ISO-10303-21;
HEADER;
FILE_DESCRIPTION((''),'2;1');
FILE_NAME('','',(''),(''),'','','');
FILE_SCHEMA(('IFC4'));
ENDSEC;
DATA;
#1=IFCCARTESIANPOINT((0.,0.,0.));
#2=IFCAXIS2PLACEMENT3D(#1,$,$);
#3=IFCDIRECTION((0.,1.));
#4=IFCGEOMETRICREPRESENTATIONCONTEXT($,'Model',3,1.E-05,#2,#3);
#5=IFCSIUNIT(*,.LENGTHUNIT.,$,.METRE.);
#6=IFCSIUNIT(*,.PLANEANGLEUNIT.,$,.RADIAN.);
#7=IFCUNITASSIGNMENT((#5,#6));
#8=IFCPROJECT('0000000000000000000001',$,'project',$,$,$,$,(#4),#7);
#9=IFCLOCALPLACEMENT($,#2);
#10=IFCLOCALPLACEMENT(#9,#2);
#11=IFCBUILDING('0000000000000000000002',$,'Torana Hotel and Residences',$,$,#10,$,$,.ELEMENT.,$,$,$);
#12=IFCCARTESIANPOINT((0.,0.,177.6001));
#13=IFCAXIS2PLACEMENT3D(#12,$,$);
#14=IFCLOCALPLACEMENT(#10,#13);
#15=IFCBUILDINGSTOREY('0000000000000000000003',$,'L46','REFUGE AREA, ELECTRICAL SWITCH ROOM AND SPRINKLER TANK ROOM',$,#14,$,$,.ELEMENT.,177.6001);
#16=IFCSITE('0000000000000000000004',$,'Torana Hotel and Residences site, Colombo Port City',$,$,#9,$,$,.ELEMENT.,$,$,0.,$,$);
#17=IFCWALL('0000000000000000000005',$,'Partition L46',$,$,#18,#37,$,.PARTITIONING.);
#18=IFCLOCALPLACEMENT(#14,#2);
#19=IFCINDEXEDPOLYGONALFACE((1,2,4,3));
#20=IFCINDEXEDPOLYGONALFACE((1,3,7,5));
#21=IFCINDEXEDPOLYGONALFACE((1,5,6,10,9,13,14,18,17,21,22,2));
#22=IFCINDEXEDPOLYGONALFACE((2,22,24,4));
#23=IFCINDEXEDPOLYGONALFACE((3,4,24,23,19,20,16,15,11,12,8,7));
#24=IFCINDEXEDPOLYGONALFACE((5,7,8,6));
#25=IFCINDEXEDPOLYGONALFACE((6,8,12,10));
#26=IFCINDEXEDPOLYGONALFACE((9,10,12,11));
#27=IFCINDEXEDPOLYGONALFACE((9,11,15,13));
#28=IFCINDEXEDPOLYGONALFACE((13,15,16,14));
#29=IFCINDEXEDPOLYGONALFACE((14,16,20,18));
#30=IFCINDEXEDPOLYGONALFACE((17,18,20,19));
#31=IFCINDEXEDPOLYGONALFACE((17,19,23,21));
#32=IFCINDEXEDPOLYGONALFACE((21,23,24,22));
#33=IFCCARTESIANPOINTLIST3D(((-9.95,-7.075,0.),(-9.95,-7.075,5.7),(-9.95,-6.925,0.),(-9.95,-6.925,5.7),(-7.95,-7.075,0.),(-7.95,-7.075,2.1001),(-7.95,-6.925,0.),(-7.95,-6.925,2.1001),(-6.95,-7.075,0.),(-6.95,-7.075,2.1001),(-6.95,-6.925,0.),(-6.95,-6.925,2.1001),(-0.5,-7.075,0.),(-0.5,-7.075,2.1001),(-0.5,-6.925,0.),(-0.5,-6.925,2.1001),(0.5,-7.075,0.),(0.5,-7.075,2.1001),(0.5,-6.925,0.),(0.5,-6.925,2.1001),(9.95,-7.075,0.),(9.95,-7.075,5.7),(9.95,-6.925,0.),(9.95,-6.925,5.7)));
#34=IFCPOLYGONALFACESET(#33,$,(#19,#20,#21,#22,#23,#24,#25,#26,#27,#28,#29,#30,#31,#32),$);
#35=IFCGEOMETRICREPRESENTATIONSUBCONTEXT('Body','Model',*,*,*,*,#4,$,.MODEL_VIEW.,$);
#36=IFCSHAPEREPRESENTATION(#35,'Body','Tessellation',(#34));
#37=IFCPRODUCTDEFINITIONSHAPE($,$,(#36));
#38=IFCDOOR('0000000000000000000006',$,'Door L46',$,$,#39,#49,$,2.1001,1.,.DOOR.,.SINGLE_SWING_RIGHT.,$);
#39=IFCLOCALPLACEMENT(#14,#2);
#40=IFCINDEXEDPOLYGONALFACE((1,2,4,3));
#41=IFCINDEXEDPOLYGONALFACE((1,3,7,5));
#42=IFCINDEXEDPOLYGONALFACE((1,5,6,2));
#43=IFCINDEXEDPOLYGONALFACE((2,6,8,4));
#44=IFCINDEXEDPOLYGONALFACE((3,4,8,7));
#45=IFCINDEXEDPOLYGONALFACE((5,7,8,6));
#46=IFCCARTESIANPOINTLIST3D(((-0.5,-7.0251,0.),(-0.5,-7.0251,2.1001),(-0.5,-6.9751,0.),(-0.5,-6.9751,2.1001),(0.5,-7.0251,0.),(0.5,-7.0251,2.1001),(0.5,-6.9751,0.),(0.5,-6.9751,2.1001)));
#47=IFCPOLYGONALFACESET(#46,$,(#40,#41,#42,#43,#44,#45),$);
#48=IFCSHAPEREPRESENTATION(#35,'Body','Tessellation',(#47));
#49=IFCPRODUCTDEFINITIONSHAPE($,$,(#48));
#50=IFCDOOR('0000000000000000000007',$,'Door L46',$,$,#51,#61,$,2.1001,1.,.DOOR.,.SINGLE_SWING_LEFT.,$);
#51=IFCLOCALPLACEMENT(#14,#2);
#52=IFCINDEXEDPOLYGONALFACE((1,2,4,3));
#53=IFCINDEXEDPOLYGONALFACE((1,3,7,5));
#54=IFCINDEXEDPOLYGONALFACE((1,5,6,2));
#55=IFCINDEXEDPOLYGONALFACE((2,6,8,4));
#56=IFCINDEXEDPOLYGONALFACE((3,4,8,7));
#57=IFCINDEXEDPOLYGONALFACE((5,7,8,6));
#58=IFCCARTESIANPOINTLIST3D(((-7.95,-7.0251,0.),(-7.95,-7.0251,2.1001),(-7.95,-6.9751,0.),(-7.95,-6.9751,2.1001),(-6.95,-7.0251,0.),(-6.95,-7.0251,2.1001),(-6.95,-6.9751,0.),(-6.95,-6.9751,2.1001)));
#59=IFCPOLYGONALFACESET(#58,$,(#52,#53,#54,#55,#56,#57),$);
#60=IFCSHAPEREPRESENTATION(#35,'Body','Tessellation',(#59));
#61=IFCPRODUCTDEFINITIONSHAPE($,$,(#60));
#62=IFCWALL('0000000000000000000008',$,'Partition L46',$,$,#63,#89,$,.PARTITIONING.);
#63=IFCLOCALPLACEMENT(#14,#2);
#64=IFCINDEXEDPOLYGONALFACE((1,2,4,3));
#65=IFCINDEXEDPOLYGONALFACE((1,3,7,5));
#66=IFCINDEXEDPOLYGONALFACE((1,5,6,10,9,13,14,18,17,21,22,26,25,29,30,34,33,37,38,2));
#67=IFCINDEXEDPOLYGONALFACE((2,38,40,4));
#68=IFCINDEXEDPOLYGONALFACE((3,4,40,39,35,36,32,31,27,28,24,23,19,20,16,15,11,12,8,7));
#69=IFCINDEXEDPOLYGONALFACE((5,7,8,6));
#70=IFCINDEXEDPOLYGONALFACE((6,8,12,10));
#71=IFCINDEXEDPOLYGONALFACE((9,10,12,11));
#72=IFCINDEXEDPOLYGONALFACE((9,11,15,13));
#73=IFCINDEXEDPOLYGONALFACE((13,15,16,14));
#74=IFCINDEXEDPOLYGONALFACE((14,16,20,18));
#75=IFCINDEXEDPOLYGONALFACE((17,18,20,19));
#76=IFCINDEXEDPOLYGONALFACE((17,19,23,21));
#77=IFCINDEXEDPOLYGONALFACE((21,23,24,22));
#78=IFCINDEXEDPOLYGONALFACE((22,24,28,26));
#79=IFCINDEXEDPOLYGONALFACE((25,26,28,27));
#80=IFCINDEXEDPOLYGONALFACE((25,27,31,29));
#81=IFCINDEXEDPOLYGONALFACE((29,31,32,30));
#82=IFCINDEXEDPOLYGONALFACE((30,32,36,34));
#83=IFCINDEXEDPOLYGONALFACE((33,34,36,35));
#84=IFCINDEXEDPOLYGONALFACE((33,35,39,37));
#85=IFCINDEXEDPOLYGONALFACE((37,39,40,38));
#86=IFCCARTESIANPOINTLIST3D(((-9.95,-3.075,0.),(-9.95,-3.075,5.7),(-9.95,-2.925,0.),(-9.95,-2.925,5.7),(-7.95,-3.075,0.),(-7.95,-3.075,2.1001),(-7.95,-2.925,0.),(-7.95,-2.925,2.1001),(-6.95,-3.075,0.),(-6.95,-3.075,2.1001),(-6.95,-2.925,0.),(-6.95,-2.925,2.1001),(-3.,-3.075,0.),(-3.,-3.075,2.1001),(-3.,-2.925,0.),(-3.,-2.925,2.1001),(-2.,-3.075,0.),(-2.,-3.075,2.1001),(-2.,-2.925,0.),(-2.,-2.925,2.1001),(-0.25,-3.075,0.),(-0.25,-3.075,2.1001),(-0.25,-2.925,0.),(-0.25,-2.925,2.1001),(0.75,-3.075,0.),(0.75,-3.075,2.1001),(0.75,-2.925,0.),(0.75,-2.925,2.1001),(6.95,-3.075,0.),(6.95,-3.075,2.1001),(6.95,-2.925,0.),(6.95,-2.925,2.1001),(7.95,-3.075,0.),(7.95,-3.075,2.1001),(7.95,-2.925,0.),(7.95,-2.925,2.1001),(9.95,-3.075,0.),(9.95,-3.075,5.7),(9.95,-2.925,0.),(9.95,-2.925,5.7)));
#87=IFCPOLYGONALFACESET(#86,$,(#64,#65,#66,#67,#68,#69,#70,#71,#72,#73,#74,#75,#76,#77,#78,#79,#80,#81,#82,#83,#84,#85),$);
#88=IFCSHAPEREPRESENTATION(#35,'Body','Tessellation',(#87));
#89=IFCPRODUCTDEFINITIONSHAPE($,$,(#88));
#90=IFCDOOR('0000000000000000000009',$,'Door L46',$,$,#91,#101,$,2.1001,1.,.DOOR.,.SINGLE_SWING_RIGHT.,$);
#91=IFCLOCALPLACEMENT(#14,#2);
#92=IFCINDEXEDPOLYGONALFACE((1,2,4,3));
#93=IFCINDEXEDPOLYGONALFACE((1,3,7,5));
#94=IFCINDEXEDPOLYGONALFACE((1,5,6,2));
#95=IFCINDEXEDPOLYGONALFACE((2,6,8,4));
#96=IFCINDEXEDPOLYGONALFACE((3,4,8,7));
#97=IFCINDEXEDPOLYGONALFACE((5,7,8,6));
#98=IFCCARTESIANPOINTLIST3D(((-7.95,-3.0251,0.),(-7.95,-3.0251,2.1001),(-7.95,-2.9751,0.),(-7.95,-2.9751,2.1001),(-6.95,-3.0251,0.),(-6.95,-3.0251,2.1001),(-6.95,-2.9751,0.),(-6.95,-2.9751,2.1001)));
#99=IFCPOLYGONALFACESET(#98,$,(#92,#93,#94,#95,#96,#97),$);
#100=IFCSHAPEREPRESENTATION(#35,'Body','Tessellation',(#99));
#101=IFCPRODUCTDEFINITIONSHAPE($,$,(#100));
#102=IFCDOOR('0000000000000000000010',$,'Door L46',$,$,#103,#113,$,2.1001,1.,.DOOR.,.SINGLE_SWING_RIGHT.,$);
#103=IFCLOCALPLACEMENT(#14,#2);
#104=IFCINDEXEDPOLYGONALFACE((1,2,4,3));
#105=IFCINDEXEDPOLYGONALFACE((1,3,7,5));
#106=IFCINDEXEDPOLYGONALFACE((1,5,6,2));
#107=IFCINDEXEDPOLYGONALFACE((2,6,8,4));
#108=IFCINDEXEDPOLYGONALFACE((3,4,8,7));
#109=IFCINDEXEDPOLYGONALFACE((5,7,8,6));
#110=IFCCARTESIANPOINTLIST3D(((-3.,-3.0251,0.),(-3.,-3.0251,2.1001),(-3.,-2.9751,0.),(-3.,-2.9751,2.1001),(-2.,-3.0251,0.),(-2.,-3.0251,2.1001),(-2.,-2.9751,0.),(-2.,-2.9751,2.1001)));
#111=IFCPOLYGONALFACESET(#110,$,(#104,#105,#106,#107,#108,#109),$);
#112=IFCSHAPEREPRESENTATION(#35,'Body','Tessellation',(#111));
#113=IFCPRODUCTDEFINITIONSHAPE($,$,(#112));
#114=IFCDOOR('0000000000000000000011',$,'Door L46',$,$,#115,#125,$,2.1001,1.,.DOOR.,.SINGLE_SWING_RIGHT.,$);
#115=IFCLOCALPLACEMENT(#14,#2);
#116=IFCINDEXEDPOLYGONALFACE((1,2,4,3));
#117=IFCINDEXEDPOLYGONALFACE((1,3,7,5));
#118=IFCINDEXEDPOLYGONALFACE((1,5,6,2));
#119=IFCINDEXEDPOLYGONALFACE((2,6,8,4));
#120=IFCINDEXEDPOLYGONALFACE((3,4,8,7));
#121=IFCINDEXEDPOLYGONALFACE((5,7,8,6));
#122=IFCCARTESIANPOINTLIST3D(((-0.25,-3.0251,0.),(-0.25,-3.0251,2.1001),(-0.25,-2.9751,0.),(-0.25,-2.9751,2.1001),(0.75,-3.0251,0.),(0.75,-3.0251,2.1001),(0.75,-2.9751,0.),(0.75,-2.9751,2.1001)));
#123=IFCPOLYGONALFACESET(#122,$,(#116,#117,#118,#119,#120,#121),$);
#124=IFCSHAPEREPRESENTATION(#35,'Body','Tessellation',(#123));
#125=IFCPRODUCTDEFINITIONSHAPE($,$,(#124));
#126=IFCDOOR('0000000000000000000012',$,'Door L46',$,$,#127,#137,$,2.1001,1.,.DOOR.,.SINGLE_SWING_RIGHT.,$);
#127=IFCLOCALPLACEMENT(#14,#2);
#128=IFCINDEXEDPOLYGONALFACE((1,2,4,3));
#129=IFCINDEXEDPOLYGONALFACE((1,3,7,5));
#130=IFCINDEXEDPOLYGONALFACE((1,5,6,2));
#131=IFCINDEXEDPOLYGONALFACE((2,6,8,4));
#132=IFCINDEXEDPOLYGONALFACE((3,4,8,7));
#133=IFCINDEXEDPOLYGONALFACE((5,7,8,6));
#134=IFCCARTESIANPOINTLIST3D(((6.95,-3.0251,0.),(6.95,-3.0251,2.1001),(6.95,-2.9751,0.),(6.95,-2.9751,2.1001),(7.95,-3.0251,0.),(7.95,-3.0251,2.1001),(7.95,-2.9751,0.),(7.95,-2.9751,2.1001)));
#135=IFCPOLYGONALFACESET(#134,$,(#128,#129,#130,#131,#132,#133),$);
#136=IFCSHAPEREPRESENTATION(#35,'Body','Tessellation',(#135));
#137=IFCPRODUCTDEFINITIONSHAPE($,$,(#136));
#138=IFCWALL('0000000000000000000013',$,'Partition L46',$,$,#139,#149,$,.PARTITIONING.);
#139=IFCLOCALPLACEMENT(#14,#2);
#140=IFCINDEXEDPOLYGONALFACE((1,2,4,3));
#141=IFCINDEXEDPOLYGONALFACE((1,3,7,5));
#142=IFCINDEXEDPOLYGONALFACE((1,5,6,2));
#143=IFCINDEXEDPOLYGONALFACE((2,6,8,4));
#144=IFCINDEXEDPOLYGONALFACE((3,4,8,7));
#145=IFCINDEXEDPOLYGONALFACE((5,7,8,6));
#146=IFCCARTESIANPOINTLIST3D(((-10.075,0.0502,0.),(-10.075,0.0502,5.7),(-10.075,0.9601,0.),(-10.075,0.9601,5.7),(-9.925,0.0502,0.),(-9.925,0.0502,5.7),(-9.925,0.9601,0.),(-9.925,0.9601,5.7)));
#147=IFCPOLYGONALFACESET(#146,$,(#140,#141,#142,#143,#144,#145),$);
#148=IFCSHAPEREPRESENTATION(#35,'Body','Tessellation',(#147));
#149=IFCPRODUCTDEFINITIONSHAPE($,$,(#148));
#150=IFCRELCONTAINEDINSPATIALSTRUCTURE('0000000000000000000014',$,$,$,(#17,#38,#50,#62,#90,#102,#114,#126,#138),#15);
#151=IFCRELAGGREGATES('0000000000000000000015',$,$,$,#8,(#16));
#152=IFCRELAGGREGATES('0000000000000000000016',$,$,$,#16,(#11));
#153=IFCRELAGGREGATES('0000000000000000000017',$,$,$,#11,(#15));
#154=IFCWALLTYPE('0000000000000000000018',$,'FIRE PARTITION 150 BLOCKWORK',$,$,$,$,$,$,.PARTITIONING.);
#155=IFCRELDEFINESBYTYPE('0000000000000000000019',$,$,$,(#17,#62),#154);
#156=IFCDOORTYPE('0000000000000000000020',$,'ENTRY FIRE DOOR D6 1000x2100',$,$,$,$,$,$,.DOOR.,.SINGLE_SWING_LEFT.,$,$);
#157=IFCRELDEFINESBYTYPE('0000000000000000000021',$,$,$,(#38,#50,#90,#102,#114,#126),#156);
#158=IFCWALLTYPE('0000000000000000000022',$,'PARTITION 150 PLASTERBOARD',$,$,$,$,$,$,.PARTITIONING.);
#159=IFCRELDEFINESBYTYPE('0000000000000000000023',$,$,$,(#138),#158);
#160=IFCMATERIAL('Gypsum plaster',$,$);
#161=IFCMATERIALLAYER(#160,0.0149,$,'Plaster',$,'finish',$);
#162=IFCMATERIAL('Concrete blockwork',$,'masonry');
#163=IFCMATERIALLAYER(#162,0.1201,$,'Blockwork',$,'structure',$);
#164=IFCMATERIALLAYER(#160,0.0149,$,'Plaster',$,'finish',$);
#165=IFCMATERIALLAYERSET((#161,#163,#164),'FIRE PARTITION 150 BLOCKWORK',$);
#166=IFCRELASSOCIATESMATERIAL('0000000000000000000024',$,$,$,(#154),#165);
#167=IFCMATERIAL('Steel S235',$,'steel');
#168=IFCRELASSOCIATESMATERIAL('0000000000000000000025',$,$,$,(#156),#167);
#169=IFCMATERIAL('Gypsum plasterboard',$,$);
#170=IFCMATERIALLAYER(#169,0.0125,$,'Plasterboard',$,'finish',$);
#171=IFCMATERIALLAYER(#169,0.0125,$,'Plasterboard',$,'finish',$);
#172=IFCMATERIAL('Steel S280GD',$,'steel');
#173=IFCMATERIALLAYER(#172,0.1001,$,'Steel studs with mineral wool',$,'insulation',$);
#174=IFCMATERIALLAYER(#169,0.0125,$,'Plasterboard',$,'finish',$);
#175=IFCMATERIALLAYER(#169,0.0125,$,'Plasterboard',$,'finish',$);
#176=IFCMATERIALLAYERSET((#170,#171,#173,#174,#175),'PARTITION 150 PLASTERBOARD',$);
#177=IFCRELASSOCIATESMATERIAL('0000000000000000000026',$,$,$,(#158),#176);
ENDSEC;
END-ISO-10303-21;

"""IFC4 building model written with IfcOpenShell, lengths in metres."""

from ifc_helpers import new_model, si_unit, direction, frame, frame_2d, origin, place, context, subcontext, project, spatial, rectangle, extrude, material, layer, layer_set, type_object, element, fill, save


model = new_model("IFC4")

# Units and contexts
model_context = context("Model", 3, precision=1e-05, world=origin(), true_north=direction((0.0, 1.0)))
body_context = subcontext(model_context, "Body", "Model", "MODEL_VIEW")
ifc_project = project(units=[si_unit("LENGTHUNIT", "METRE"), si_unit("PLANEANGLEUNIT", "RADIAN")], contexts=[model_context])

# Site, building, storey
site_placement = place(None, origin())
site = spatial("IfcSite", under=ifc_project, at=site_placement, Name="Torana Hotel and Residences site, Colombo Port City", CompositionType="ELEMENT", RefElevation=0.0)
building_placement = place(site_placement, origin())
building = spatial("IfcBuilding", under=site, at=building_placement, Name="Torana Hotel and Residences", CompositionType="ELEMENT")
storey_placement = place(building_placement, frame((0.0, 0.0, 177.6001)))
storey = spatial("IfcBuildingStorey", under=building, at=storey_placement, Name="L46", Description="REFUGE AREA, ELECTRICAL SWITCH ROOM AND SPRINKLER TANK ROOM", CompositionType="ELEMENT", Elevation=177.6001)

# Walls, openings, doors
ifc_material_1 = material(Name="Gypsum plaster")
ifc_layer_1 = layer(ifc_material_1, 0.0149, Name="Plaster", Category="finish")
ifc_material_2 = material(Name="Concrete blockwork", Category="masonry")
ifc_layer_2 = layer(ifc_material_2, 0.1201, Name="Blockwork", Category="structure")
ifc_layer_3 = layer(ifc_material_1, 0.0149, Name="Plaster", Category="finish")
ifc_layer_set_1 = layer_set([ifc_layer_1, ifc_layer_2, ifc_layer_3], Name="FIRE PARTITION 150 BLOCKWORK")
wall_type_1 = type_object("IfcWallType", Name="FIRE PARTITION 150 BLOCKWORK", PredefinedType="PARTITIONING", material=ifc_layer_set_1)
wall_1_placement = place(storey_placement, frame((-9.95, -7.0, 0.0), z_axis=(0.0, 0.0, 1.0), x_axis=(1.0, 0.0, 0.0)))
wall_1 = element("IfcWall", 1, at=wall_1_placement, inside=storey, type_object=wall_type_1, Name="Partition L46", PredefinedType="PARTITIONING", context=body_context, shape_type="SweptSolid", body=[
    extrude(rectangle(XDim=19.8999, YDim=0.1499, at=frame_2d((9.95, 0.0))), origin(), (0.0, 0.0, 1.0), 5.7),
])
opening_1_placement = place(wall_1_placement, frame((9.45, 0.0, 0.0)))
opening_1 = element("IfcOpeningElement", 2, at=opening_1_placement, cuts=wall_1, PredefinedType="OPENING", context=body_context, shape_type="SweptSolid", body=[
    extrude(rectangle(XDim=1.0, YDim=2.1001, at=frame_2d((0.5, 1.05))), frame((0.0, 0.085, 0.0), z_axis=(0.0, -1.0, 0.0), x_axis=(1.0, 0.0, 0.0)), (0.0, 0.0, 1.0), 0.1699),
])
opening_2_placement = place(wall_1_placement, frame((2.0, 0.0, 0.0)))
opening_2 = element("IfcOpeningElement", 3, at=opening_2_placement, cuts=wall_1, PredefinedType="OPENING", context=body_context, shape_type="SweptSolid", body=[
    extrude(rectangle(XDim=1.0, YDim=2.1001, at=frame_2d((0.5, 1.05))), frame((0.0, 0.085, 0.0), z_axis=(0.0, -1.0, 0.0), x_axis=(1.0, 0.0, 0.0)), (0.0, 0.0, 1.0), 0.1699),
])
ifc_material_3 = material(Name="Steel S235", Category="steel")
door_type = type_object("IfcDoorType", Name="ENTRY FIRE DOOR D6 1000x2100", OperationType="SINGLE_SWING_LEFT", PredefinedType="DOOR", material=ifc_material_3)
door_1_placement = place(opening_1_placement, origin())
door_1 = element("IfcDoor", 4, at=door_1_placement, inside=storey, type_object=door_type, Name="Door L46", OperationType="SINGLE_SWING_RIGHT", OverallHeight=2.1001, OverallWidth=1.0, PredefinedType="DOOR", context=body_context, shape_type="SweptSolid", body=[
    extrude(rectangle(XDim=1.0, YDim=2.1001, at=frame_2d((0.5, 1.05))), frame((0.0, 0.0249, 0.0), z_axis=(0.0, -1.0, 0.0), x_axis=(1.0, 0.0, 0.0)), (0.0, 0.0, 1.0), 0.05),
])
fill(opening_1, door_1)
door_2_placement = place(opening_2_placement, frame((0.5, 0.0, 0.0), z_axis=(0.0, 0.0, 1.0), x_axis=(-1.0, 0.0, 0.0)))
door_2 = element("IfcDoor", 5, at=door_2_placement, inside=storey, type_object=door_type, Name="Door L46", OperationType="SINGLE_SWING_LEFT", OverallHeight=2.1001, OverallWidth=1.0, PredefinedType="DOOR", context=body_context, shape_type="SweptSolid", body=[
    extrude(rectangle(XDim=1.0, YDim=2.1001, at=frame_2d((0.0, 1.05))), frame((0.0, -0.0249, 0.0), z_axis=(0.0, 1.0, 0.0), x_axis=(-1.0, 0.0, 0.0)), (0.0, 0.0, 1.0), 0.05),
])
fill(opening_2, door_2)
wall_2_placement = place(storey_placement, frame((-9.95, -3.0, 0.0), z_axis=(0.0, 0.0, 1.0), x_axis=(1.0, 0.0, 0.0)))
wall_2 = element("IfcWall", 6, at=wall_2_placement, inside=storey, type_object=wall_type_1, Name="Partition L46", PredefinedType="PARTITIONING", context=body_context, shape_type="SweptSolid", body=[
    extrude(rectangle(XDim=19.8999, YDim=0.1499, at=frame_2d((9.95, 0.0))), origin(), (0.0, 0.0, 1.0), 5.7),
])
opening_3_placement = place(wall_2_placement, frame((2.0, 0.0, 0.0)))
opening_3 = element("IfcOpeningElement", 7, at=opening_3_placement, cuts=wall_2, PredefinedType="OPENING", context=body_context, shape_type="SweptSolid", body=[
    extrude(rectangle(XDim=1.0, YDim=2.1001, at=frame_2d((0.5, 1.05))), frame((0.0, 0.085, 0.0), z_axis=(0.0, -1.0, 0.0), x_axis=(1.0, 0.0, 0.0)), (0.0, 0.0, 1.0), 0.1699),
])
opening_4_placement = place(wall_2_placement, frame((6.95, 0.0, 0.0)))
opening_4 = element("IfcOpeningElement", 8, at=opening_4_placement, cuts=wall_2, PredefinedType="OPENING", context=body_context, shape_type="SweptSolid", body=[
    extrude(rectangle(XDim=1.0, YDim=2.1001, at=frame_2d((0.5, 1.05))), frame((0.0, 0.085, 0.0), z_axis=(0.0, -1.0, 0.0), x_axis=(1.0, 0.0, 0.0)), (0.0, 0.0, 1.0), 0.1699),
])
opening_5_placement = place(wall_2_placement, frame((9.7, 0.0, 0.0)))
opening_5 = element("IfcOpeningElement", 9, at=opening_5_placement, cuts=wall_2, PredefinedType="OPENING", context=body_context, shape_type="SweptSolid", body=[
    extrude(rectangle(XDim=1.0, YDim=2.1001, at=frame_2d((0.5, 1.05))), frame((0.0, 0.085, 0.0), z_axis=(0.0, -1.0, 0.0), x_axis=(1.0, 0.0, 0.0)), (0.0, 0.0, 1.0), 0.1699),
])
opening_6_placement = place(wall_2_placement, frame((16.8999, 0.0, 0.0)))
opening_6 = element("IfcOpeningElement", 10, at=opening_6_placement, cuts=wall_2, PredefinedType="OPENING", context=body_context, shape_type="SweptSolid", body=[
    extrude(rectangle(XDim=1.0, YDim=2.1001, at=frame_2d((0.5, 1.05))), frame((0.0, 0.085, 0.0), z_axis=(0.0, -1.0, 0.0), x_axis=(1.0, 0.0, 0.0)), (0.0, 0.0, 1.0), 0.1699),
])
door_3_placement = place(opening_3_placement, origin())
door_3 = element("IfcDoor", 11, at=door_3_placement, inside=storey, type_object=door_type, Name="Door L46", OperationType="SINGLE_SWING_RIGHT", OverallHeight=2.1001, OverallWidth=1.0, PredefinedType="DOOR", context=body_context, shape_type="SweptSolid", body=[
    extrude(rectangle(XDim=1.0, YDim=2.1001, at=frame_2d((0.5, 1.05))), frame((0.0, 0.0249, 0.0), z_axis=(0.0, -1.0, 0.0), x_axis=(1.0, 0.0, 0.0)), (0.0, 0.0, 1.0), 0.05),
])
fill(opening_3, door_3)
door_4_placement = place(opening_4_placement, origin())
door_4 = element("IfcDoor", 12, at=door_4_placement, inside=storey, type_object=door_type, Name="Door L46", OperationType="SINGLE_SWING_RIGHT", OverallHeight=2.1001, OverallWidth=1.0, PredefinedType="DOOR", context=body_context, shape_type="SweptSolid", body=[
    extrude(rectangle(XDim=1.0, YDim=2.1001, at=frame_2d((0.5, 1.05))), frame((0.0, 0.0249, 0.0), z_axis=(0.0, -1.0, 0.0), x_axis=(1.0, 0.0, 0.0)), (0.0, 0.0, 1.0), 0.05),
])
fill(opening_4, door_4)
door_5_placement = place(opening_5_placement, origin())
door_5 = element("IfcDoor", 13, at=door_5_placement, inside=storey, type_object=door_type, Name="Door L46", OperationType="SINGLE_SWING_RIGHT", OverallHeight=2.1001, OverallWidth=1.0, PredefinedType="DOOR", context=body_context, shape_type="SweptSolid", body=[
    extrude(rectangle(XDim=1.0, YDim=2.1001, at=frame_2d((0.5, 1.05))), frame((0.0, 0.0249, 0.0), z_axis=(0.0, -1.0, 0.0), x_axis=(1.0, 0.0, 0.0)), (0.0, 0.0, 1.0), 0.05),
])
fill(opening_5, door_5)
door_6_placement = place(opening_6_placement, origin())
door_6 = element("IfcDoor", 14, at=door_6_placement, inside=storey, type_object=door_type, Name="Door L46", OperationType="SINGLE_SWING_RIGHT", OverallHeight=2.1001, OverallWidth=1.0, PredefinedType="DOOR", context=body_context, shape_type="SweptSolid", body=[
    extrude(rectangle(XDim=1.0, YDim=2.1001, at=frame_2d((0.5, 1.05))), frame((0.0, 0.0249, 0.0), z_axis=(0.0, -1.0, 0.0), x_axis=(1.0, 0.0, 0.0)), (0.0, 0.0, 1.0), 0.05),
])
fill(opening_6, door_6)

# Wall
ifc_material_4 = material(Name="Gypsum plasterboard")
ifc_layer_4 = layer(ifc_material_4, 0.0125, Name="Plasterboard", Category="finish")
ifc_layer_5 = layer(ifc_material_4, 0.0125, Name="Plasterboard", Category="finish")
ifc_material_5 = material(Name="Steel S280GD", Category="steel")
ifc_layer_6 = layer(ifc_material_5, 0.1001, Name="Steel studs with mineral wool", Category="insulation")
ifc_layer_7 = layer(ifc_material_4, 0.0125, Name="Plasterboard", Category="finish")
ifc_layer_8 = layer(ifc_material_4, 0.0125, Name="Plasterboard", Category="finish")
ifc_layer_set_2 = layer_set([ifc_layer_4, ifc_layer_5, ifc_layer_6, ifc_layer_7, ifc_layer_8], Name="PARTITION 150 PLASTERBOARD")
wall_type_2 = type_object("IfcWallType", Name="PARTITION 150 PLASTERBOARD", PredefinedType="PARTITIONING", material=ifc_layer_set_2)
wall_3_placement = place(storey_placement, frame((-10.0, 0.05, 0.0), z_axis=(0.0, 0.0, 1.0), x_axis=(0.0, 1.0, 0.0)))
element("IfcWall", 15, at=wall_3_placement, inside=storey, type_object=wall_type_2, Name="Partition L46", PredefinedType="PARTITIONING", context=body_context, shape_type="SweptSolid", body=[
    extrude(rectangle(XDim=0.9099, YDim=0.1499, at=frame_2d((0.4551, 0.0))), origin(), (0.0, 0.0, 1.0), 5.7),
])

save(model, "model.ifc")
